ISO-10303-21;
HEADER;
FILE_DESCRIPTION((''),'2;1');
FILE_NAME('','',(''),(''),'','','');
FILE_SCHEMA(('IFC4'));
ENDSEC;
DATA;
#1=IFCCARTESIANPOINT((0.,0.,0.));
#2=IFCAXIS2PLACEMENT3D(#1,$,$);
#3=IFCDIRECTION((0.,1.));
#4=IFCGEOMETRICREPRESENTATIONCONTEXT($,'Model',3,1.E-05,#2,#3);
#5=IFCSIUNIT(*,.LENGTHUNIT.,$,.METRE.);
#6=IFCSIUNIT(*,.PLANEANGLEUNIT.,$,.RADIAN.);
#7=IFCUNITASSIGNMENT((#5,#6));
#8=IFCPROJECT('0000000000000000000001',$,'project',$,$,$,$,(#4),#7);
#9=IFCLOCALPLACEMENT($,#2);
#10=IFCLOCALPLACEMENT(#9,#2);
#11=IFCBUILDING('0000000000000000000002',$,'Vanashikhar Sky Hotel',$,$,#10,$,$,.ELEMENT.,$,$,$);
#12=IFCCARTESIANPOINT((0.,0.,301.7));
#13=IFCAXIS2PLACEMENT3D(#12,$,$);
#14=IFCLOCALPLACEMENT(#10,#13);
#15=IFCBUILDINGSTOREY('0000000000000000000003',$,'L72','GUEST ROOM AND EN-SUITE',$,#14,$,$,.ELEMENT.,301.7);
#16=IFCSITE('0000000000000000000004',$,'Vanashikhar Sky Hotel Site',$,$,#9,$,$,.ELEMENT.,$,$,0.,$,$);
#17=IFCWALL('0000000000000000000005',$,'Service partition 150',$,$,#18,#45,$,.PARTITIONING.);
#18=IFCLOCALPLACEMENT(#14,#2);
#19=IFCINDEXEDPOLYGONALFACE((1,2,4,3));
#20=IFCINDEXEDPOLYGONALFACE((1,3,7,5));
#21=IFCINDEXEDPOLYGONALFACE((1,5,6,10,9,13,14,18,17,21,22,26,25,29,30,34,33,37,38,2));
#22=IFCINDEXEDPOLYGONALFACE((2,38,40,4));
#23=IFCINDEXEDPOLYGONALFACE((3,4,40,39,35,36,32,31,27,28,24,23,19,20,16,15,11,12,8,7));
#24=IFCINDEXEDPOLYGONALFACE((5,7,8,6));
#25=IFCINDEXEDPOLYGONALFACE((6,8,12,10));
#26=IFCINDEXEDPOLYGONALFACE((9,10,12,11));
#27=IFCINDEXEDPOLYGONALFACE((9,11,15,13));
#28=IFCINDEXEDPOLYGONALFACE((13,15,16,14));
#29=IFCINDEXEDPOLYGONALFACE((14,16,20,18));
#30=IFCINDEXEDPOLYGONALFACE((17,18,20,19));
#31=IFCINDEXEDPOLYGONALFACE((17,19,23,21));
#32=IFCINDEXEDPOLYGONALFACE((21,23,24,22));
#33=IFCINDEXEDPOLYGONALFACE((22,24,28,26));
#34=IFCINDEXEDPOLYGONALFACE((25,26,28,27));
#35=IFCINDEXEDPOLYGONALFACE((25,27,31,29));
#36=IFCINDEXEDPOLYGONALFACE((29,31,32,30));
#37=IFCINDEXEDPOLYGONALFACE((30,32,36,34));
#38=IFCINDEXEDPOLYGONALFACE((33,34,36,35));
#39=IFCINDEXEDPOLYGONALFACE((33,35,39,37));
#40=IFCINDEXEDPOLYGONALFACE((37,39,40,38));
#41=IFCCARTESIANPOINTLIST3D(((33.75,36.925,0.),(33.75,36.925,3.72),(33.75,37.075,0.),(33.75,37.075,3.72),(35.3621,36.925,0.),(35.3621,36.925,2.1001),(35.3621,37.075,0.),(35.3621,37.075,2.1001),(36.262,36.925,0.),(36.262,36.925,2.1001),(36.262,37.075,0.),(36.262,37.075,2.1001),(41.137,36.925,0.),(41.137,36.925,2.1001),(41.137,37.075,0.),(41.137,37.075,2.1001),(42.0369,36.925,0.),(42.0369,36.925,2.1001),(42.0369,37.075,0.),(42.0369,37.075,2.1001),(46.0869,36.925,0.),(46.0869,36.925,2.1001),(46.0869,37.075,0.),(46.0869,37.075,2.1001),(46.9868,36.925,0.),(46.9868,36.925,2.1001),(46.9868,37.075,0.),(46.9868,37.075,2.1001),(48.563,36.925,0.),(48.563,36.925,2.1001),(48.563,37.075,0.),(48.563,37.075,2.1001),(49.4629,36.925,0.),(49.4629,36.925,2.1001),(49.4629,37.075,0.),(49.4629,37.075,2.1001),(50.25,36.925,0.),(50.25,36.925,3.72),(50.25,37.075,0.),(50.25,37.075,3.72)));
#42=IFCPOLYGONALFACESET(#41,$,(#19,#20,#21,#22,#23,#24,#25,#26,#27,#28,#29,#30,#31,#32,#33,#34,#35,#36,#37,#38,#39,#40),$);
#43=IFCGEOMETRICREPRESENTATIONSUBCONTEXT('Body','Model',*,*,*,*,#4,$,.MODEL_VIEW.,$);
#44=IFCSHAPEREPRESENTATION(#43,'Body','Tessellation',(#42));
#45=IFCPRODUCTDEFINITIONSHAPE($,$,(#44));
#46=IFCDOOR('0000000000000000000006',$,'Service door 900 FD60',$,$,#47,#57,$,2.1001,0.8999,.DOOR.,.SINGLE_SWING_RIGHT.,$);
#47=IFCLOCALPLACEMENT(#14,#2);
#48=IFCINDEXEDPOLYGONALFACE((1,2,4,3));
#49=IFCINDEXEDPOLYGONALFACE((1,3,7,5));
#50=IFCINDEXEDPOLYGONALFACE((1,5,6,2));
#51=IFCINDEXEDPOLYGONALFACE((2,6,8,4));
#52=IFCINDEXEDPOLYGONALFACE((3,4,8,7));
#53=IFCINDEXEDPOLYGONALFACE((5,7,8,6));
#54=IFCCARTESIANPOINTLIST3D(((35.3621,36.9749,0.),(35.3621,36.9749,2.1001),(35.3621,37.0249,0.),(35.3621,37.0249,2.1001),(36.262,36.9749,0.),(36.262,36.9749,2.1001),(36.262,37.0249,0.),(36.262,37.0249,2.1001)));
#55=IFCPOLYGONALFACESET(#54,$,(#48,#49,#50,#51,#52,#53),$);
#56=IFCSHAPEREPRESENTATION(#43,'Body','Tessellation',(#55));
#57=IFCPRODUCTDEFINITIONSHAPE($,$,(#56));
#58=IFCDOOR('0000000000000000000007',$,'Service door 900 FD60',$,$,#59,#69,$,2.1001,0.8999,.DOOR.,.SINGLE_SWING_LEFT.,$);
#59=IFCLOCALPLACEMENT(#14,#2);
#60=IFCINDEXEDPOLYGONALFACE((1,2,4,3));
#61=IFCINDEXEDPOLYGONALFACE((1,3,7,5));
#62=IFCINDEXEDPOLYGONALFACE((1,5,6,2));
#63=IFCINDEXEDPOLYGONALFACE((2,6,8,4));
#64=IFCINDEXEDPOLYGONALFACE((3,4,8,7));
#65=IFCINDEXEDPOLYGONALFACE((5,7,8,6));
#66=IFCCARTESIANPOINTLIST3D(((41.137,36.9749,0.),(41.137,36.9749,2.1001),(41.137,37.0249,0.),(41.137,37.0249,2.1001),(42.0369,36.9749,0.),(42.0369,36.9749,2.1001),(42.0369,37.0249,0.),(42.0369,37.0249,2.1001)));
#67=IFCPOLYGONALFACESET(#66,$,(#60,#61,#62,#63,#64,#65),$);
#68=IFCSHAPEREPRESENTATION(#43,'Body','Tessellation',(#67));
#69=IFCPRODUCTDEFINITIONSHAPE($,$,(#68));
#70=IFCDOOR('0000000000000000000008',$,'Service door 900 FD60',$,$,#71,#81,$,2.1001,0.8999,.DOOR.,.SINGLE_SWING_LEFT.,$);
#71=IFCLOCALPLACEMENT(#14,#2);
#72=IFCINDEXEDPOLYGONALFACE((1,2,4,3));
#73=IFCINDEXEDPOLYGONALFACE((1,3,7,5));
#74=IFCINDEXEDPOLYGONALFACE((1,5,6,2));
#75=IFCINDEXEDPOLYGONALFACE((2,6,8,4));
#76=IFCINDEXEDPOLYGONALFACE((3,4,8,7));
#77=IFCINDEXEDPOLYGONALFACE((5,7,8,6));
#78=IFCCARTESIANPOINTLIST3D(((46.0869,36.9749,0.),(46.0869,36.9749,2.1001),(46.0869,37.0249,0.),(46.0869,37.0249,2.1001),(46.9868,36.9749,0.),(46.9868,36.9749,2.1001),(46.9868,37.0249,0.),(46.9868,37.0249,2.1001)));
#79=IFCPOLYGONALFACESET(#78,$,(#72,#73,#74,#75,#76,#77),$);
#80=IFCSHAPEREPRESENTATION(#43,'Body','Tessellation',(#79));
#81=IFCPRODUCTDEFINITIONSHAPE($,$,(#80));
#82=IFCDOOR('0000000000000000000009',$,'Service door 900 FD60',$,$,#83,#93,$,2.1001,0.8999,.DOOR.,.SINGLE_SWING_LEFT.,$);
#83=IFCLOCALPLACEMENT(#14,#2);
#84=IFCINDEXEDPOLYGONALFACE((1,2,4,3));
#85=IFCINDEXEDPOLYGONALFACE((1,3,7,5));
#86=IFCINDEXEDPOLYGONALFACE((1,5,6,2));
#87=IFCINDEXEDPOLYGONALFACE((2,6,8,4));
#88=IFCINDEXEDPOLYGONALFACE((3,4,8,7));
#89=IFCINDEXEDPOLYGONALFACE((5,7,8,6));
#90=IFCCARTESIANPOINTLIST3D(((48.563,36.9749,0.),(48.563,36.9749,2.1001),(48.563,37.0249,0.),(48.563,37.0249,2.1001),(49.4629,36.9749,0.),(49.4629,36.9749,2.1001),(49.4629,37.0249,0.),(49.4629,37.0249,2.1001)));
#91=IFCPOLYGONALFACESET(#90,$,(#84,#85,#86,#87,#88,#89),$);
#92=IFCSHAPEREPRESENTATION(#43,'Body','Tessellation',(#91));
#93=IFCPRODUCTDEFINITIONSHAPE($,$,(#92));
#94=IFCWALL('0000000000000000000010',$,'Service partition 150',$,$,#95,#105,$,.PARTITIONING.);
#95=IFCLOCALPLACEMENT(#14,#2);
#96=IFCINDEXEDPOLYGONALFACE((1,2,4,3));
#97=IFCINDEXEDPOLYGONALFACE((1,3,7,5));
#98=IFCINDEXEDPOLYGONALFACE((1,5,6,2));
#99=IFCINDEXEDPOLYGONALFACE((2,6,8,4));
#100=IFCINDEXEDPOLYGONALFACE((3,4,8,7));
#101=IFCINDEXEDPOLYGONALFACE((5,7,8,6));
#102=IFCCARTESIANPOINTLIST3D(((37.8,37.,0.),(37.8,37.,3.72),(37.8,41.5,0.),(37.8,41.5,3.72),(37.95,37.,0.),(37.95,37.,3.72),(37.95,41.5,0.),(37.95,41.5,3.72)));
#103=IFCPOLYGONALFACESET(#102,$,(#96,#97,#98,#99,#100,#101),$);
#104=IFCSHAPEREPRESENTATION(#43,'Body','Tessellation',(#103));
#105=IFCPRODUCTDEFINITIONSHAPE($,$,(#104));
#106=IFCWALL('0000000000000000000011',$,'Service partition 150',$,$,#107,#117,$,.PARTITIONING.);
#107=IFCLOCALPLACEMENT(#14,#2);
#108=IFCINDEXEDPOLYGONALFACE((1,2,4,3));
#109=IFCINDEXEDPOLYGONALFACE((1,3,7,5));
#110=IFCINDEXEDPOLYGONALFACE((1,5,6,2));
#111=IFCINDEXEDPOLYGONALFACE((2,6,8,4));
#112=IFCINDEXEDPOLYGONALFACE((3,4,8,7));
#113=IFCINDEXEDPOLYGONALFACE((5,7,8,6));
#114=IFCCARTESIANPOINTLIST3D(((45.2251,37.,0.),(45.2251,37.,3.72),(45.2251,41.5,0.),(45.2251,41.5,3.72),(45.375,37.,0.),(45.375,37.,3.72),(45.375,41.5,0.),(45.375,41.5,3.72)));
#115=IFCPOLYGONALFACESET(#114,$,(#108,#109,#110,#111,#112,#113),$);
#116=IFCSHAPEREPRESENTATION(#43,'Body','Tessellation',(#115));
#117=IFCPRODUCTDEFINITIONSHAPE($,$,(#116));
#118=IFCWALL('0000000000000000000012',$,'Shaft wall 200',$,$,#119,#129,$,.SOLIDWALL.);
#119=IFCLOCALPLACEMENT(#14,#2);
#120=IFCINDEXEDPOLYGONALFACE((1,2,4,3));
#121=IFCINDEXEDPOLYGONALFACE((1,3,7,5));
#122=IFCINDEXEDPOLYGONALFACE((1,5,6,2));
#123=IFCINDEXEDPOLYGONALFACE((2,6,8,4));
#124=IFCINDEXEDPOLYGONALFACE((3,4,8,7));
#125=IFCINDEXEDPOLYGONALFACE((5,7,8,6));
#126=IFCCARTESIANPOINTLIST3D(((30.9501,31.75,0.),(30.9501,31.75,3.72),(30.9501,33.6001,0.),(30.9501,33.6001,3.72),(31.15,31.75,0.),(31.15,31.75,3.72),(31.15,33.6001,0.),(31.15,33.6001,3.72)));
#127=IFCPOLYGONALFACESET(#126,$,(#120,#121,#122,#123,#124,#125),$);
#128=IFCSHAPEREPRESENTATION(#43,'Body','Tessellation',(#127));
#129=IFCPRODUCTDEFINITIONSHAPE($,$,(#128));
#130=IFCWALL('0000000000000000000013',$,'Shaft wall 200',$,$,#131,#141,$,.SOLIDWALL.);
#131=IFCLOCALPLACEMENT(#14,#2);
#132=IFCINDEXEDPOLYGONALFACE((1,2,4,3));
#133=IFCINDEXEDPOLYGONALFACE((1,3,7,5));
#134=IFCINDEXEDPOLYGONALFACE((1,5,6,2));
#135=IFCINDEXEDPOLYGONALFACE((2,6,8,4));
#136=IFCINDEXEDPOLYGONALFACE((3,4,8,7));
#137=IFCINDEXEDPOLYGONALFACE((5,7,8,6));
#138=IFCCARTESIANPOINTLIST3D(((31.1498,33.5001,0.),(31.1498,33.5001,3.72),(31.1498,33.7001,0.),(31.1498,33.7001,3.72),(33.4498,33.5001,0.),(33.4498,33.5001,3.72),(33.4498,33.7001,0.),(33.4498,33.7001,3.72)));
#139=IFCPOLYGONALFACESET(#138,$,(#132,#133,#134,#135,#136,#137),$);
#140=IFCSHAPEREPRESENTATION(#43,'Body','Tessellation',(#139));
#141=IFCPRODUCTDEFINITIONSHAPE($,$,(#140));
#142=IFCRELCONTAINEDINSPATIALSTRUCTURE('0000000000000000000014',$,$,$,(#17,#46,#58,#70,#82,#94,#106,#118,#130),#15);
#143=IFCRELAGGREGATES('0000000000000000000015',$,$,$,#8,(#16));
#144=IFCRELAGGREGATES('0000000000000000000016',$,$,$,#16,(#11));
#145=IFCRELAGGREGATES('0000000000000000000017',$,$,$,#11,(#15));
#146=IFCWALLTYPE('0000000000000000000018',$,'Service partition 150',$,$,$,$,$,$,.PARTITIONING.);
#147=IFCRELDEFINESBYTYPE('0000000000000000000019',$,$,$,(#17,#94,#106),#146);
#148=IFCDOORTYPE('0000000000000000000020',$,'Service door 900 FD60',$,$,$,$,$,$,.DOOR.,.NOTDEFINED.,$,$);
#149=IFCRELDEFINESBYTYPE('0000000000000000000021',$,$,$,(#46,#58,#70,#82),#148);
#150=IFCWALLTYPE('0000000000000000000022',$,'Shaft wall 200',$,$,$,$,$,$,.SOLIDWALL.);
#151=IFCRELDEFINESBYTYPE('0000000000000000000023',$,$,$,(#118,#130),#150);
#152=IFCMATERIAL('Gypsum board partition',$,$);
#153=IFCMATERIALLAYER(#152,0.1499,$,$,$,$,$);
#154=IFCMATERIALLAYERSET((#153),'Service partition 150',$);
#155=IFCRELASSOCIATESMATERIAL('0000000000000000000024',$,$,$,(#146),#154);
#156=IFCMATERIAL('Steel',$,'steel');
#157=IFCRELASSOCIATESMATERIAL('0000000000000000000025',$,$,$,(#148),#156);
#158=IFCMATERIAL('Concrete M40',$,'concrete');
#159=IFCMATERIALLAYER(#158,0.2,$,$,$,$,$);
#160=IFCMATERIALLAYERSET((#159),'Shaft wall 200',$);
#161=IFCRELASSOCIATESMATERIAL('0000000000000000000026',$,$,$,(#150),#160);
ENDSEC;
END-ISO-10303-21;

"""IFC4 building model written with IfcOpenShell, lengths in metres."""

from ifc_helpers import new_model, si_unit, direction, frame, frame_2d, origin, place, context, subcontext, project, spatial, rectangle, extrude, source, transform, mapped, material, layer, layer_set, type_object, element, fill, save


model = new_model("IFC4")

# Units and contexts
model_context = context("Model", 3, precision=1e-05, world=origin(), true_north=direction((0.0, 1.0)))
body_context = subcontext(model_context, "Body", "Model", "MODEL_VIEW")
ifc_project = project(units=[si_unit("LENGTHUNIT", "METRE"), si_unit("PLANEANGLEUNIT", "RADIAN")], contexts=[model_context])

# Site, building, storey
site_placement = place(None, origin())
site = spatial("IfcSite", under=ifc_project, at=site_placement, Name="Vanashikhar Sky Hotel Site", CompositionType="ELEMENT", RefElevation=0.0)
building_placement = place(site_placement, origin())
building = spatial("IfcBuilding", under=site, at=building_placement, Name="Vanashikhar Sky Hotel", CompositionType="ELEMENT")
storey_placement = place(building_placement, frame((0.0, 0.0, 301.7)))
storey = spatial("IfcBuildingStorey", under=building, at=storey_placement, Name="L72", Description="GUEST ROOM AND EN-SUITE", CompositionType="ELEMENT", Elevation=301.7)

# Shared definitions
ifc_material_1 = material(Name="Steel", Category="steel")

# Shared definitions
ifc_material_2 = material(Name="Gypsum board partition")
ifc_layer_1 = layer(ifc_material_2, 0.1499)
ifc_layer_set_1 = layer_set([ifc_layer_1], Name="Service partition 150")
wall_type_1 = type_object("IfcWallType", Name="Service partition 150", PredefinedType="PARTITIONING", material=ifc_layer_set_1)

# Wall, openings, doors
shared_shape_1 = source(origin(), body_context, "Body", "SweptSolid", [
    extrude(rectangle(XDim=0.8999, YDim=2.1001, at=frame_2d((0.45, 1.05))), frame((0.0, 0.085, 0.0), z_axis=(0.0, -1.0, 0.0), x_axis=(1.0, 0.0, 0.0)), (0.0, 0.0, 1.0), 0.1699),
])
door_type_1 = type_object("IfcDoorType", Name="Service door 900 FD60", OperationType="NOTDEFINED", PredefinedType="DOOR", material=ifc_material_1)
shared_shape_2 = source(origin(), body_context, "Body", "SweptSolid", [
    extrude(rectangle(XDim=0.8999, YDim=2.1001, at=frame_2d((0.45, 1.05))), frame((0.0, 0.0249, 0.0), z_axis=(0.0, -1.0, 0.0), x_axis=(1.0, 0.0, 0.0)), (0.0, 0.0, 1.0), 0.05),
])
shared_shape_3 = source(origin(), body_context, "Body", "SweptSolid", [
    extrude(rectangle(XDim=16.5, YDim=0.1499, at=frame_2d((8.25, 0.0))), origin(), (0.0, 0.0, 1.0), 3.72),
])
wall_1_placement = place(storey_placement, frame((33.75, 37.0, 0.0), z_axis=(0.0, 0.0, 1.0), x_axis=(1.0, 0.0, 0.0)))
wall_1 = element("IfcWall", 1, at=wall_1_placement, inside=storey, type_object=wall_type_1, Name="Service partition 150", PredefinedType="PARTITIONING", context=body_context, shape_type="MappedRepresentation", body=[
    mapped(shared_shape_3, transform((0.0, 0.0, 0.0), scale=1.0)),
])
opening_1_placement = place(wall_1_placement, frame((1.6121, 0.0, 0.0)))
opening_1 = element("IfcOpeningElement", 2, at=opening_1_placement, cuts=wall_1, PredefinedType="OPENING", context=body_context, shape_type="MappedRepresentation", body=[
    mapped(shared_shape_1, transform((0.0, 0.0, 0.0), scale=1.0)),
])
opening_2_placement = place(wall_1_placement, frame((7.387, 0.0, 0.0)))
opening_2 = element("IfcOpeningElement", 3, at=opening_2_placement, cuts=wall_1, PredefinedType="OPENING", context=body_context, shape_type="MappedRepresentation", body=[
    mapped(shared_shape_1, transform((0.0, 0.0, 0.0), scale=1.0)),
])
opening_3_placement = place(wall_1_placement, frame((12.3369, 0.0, 0.0)))
opening_3 = element("IfcOpeningElement", 4, at=opening_3_placement, cuts=wall_1, PredefinedType="OPENING", context=body_context, shape_type="MappedRepresentation", body=[
    mapped(shared_shape_1, transform((0.0, 0.0, 0.0), scale=1.0)),
])
opening_4_placement = place(wall_1_placement, frame((14.813, 0.0, 0.0)))
opening_4 = element("IfcOpeningElement", 5, at=opening_4_placement, cuts=wall_1, PredefinedType="OPENING", context=body_context, shape_type="MappedRepresentation", body=[
    mapped(shared_shape_1, transform((0.0, 0.0, 0.0), scale=1.0)),
])
door_1_placement = place(opening_1_placement, origin())
door_1 = element("IfcDoor", 6, at=door_1_placement, inside=storey, type_object=door_type_1, Name="Service door 900 FD60", OperationType="SINGLE_SWING_RIGHT", OverallHeight=2.1001, OverallWidth=0.8999, PredefinedType="DOOR", context=body_context, shape_type="MappedRepresentation", body=[
    mapped(shared_shape_2, transform((0.0, 0.0, 0.0), scale=1.0)),
])
fill(opening_1, door_1)
door_2_placement = place(opening_2_placement, origin())
door_2 = element("IfcDoor", 7, at=door_2_placement, inside=storey, type_object=door_type_1, Name="Service door 900 FD60", OperationType="SINGLE_SWING_LEFT", OverallHeight=2.1001, OverallWidth=0.8999, PredefinedType="DOOR", context=body_context, shape_type="MappedRepresentation", body=[
    mapped(shared_shape_2, transform((0.0, 0.0, 0.0), scale=1.0)),
])
fill(opening_2, door_2)
door_3_placement = place(opening_3_placement, origin())
door_3 = element("IfcDoor", 8, at=door_3_placement, inside=storey, type_object=door_type_1, Name="Service door 900 FD60", OperationType="SINGLE_SWING_LEFT", OverallHeight=2.1001, OverallWidth=0.8999, PredefinedType="DOOR", context=body_context, shape_type="MappedRepresentation", body=[
    mapped(shared_shape_2, transform((0.0, 0.0, 0.0), scale=1.0)),
])
fill(opening_3, door_3)
door_4_placement = place(opening_4_placement, origin())
door_4 = element("IfcDoor", 9, at=door_4_placement, inside=storey, type_object=door_type_1, Name="Service door 900 FD60", OperationType="SINGLE_SWING_LEFT", OverallHeight=2.1001, OverallWidth=0.8999, PredefinedType="DOOR", context=body_context, shape_type="MappedRepresentation", body=[
    mapped(shared_shape_2, transform((0.0, 0.0, 0.0), scale=1.0)),
])
fill(opening_4, door_4)

# Walls
shared_shape_4 = source(origin(), body_context, "Body", "SweptSolid", [
    extrude(rectangle(XDim=4.5, YDim=0.1499, at=frame_2d((2.25, 0.0))), origin(), (0.0, 0.0, 1.0), 3.72),
])
for number, where, z_axis, x_axis, name in (
    (10, (37.875, 37.0, 0.0), (0.0, 0.0, 1.0), (0.0, 1.0, 0.0), "Service partition 150"),
    (11, (45.3, 37.0, 0.0), (0.0, 0.0, 1.0), (0.0, 1.0, 0.0), "Service partition 150"),
):
    element("IfcWall", number, at=place(storey_placement, frame(where, z_axis=z_axis, x_axis=x_axis)), inside=storey, type_object=wall_type_1, Name=name, PredefinedType="PARTITIONING", context=body_context, shape_type="MappedRepresentation", body=[
        mapped(shared_shape_4, transform((0.0, 0.0, 0.0), scale=1.0)),
    ])
ifc_material_3 = material(Name="Concrete M40", Category="concrete")
ifc_layer_2 = layer(ifc_material_3, 0.2)
ifc_layer_set_2 = layer_set([ifc_layer_2], Name="Shaft wall 200")
wall_type_2 = type_object("IfcWallType", Name="Shaft wall 200", PredefinedType="SOLIDWALL", material=ifc_layer_set_2)
shared_shape_5 = source(origin(), body_context, "Body", "SweptSolid", [
    extrude(rectangle(XDim=1.8501, YDim=0.2, at=frame_2d((0.925, 0.0))), origin(), (0.0, 0.0, 1.0), 3.72),
])
wall_2_placement = place(storey_placement, frame((31.05, 31.75, 0.0), z_axis=(0.0, 0.0, 1.0), x_axis=(0.0, 1.0, 0.0)))
element("IfcWall", 12, at=wall_2_placement, inside=storey, type_object=wall_type_2, Name="Shaft wall 200", PredefinedType="SOLIDWALL", context=body_context, shape_type="MappedRepresentation", body=[
    mapped(shared_shape_5, transform((0.0, 0.0, 0.0), scale=1.0)),
])
shared_shape_6 = source(origin(), body_context, "Body", "SweptSolid", [
    extrude(rectangle(XDim=2.3, YDim=0.2, at=frame_2d((1.1499, 0.0))), origin(), (0.0, 0.0, 1.0), 3.72),
])
wall_3_placement = place(storey_placement, frame((31.1499, 33.6001, 0.0), z_axis=(0.0, 0.0, 1.0), x_axis=(1.0, 0.0, 0.0)))
element("IfcWall", 13, at=wall_3_placement, inside=storey, type_object=wall_type_2, Name="Shaft wall 200", PredefinedType="SOLIDWALL", context=body_context, shape_type="MappedRepresentation", body=[
    mapped(shared_shape_6, transform((0.0, 0.0, 0.0), scale=1.0)),
])

save(model, "model.ifc")
